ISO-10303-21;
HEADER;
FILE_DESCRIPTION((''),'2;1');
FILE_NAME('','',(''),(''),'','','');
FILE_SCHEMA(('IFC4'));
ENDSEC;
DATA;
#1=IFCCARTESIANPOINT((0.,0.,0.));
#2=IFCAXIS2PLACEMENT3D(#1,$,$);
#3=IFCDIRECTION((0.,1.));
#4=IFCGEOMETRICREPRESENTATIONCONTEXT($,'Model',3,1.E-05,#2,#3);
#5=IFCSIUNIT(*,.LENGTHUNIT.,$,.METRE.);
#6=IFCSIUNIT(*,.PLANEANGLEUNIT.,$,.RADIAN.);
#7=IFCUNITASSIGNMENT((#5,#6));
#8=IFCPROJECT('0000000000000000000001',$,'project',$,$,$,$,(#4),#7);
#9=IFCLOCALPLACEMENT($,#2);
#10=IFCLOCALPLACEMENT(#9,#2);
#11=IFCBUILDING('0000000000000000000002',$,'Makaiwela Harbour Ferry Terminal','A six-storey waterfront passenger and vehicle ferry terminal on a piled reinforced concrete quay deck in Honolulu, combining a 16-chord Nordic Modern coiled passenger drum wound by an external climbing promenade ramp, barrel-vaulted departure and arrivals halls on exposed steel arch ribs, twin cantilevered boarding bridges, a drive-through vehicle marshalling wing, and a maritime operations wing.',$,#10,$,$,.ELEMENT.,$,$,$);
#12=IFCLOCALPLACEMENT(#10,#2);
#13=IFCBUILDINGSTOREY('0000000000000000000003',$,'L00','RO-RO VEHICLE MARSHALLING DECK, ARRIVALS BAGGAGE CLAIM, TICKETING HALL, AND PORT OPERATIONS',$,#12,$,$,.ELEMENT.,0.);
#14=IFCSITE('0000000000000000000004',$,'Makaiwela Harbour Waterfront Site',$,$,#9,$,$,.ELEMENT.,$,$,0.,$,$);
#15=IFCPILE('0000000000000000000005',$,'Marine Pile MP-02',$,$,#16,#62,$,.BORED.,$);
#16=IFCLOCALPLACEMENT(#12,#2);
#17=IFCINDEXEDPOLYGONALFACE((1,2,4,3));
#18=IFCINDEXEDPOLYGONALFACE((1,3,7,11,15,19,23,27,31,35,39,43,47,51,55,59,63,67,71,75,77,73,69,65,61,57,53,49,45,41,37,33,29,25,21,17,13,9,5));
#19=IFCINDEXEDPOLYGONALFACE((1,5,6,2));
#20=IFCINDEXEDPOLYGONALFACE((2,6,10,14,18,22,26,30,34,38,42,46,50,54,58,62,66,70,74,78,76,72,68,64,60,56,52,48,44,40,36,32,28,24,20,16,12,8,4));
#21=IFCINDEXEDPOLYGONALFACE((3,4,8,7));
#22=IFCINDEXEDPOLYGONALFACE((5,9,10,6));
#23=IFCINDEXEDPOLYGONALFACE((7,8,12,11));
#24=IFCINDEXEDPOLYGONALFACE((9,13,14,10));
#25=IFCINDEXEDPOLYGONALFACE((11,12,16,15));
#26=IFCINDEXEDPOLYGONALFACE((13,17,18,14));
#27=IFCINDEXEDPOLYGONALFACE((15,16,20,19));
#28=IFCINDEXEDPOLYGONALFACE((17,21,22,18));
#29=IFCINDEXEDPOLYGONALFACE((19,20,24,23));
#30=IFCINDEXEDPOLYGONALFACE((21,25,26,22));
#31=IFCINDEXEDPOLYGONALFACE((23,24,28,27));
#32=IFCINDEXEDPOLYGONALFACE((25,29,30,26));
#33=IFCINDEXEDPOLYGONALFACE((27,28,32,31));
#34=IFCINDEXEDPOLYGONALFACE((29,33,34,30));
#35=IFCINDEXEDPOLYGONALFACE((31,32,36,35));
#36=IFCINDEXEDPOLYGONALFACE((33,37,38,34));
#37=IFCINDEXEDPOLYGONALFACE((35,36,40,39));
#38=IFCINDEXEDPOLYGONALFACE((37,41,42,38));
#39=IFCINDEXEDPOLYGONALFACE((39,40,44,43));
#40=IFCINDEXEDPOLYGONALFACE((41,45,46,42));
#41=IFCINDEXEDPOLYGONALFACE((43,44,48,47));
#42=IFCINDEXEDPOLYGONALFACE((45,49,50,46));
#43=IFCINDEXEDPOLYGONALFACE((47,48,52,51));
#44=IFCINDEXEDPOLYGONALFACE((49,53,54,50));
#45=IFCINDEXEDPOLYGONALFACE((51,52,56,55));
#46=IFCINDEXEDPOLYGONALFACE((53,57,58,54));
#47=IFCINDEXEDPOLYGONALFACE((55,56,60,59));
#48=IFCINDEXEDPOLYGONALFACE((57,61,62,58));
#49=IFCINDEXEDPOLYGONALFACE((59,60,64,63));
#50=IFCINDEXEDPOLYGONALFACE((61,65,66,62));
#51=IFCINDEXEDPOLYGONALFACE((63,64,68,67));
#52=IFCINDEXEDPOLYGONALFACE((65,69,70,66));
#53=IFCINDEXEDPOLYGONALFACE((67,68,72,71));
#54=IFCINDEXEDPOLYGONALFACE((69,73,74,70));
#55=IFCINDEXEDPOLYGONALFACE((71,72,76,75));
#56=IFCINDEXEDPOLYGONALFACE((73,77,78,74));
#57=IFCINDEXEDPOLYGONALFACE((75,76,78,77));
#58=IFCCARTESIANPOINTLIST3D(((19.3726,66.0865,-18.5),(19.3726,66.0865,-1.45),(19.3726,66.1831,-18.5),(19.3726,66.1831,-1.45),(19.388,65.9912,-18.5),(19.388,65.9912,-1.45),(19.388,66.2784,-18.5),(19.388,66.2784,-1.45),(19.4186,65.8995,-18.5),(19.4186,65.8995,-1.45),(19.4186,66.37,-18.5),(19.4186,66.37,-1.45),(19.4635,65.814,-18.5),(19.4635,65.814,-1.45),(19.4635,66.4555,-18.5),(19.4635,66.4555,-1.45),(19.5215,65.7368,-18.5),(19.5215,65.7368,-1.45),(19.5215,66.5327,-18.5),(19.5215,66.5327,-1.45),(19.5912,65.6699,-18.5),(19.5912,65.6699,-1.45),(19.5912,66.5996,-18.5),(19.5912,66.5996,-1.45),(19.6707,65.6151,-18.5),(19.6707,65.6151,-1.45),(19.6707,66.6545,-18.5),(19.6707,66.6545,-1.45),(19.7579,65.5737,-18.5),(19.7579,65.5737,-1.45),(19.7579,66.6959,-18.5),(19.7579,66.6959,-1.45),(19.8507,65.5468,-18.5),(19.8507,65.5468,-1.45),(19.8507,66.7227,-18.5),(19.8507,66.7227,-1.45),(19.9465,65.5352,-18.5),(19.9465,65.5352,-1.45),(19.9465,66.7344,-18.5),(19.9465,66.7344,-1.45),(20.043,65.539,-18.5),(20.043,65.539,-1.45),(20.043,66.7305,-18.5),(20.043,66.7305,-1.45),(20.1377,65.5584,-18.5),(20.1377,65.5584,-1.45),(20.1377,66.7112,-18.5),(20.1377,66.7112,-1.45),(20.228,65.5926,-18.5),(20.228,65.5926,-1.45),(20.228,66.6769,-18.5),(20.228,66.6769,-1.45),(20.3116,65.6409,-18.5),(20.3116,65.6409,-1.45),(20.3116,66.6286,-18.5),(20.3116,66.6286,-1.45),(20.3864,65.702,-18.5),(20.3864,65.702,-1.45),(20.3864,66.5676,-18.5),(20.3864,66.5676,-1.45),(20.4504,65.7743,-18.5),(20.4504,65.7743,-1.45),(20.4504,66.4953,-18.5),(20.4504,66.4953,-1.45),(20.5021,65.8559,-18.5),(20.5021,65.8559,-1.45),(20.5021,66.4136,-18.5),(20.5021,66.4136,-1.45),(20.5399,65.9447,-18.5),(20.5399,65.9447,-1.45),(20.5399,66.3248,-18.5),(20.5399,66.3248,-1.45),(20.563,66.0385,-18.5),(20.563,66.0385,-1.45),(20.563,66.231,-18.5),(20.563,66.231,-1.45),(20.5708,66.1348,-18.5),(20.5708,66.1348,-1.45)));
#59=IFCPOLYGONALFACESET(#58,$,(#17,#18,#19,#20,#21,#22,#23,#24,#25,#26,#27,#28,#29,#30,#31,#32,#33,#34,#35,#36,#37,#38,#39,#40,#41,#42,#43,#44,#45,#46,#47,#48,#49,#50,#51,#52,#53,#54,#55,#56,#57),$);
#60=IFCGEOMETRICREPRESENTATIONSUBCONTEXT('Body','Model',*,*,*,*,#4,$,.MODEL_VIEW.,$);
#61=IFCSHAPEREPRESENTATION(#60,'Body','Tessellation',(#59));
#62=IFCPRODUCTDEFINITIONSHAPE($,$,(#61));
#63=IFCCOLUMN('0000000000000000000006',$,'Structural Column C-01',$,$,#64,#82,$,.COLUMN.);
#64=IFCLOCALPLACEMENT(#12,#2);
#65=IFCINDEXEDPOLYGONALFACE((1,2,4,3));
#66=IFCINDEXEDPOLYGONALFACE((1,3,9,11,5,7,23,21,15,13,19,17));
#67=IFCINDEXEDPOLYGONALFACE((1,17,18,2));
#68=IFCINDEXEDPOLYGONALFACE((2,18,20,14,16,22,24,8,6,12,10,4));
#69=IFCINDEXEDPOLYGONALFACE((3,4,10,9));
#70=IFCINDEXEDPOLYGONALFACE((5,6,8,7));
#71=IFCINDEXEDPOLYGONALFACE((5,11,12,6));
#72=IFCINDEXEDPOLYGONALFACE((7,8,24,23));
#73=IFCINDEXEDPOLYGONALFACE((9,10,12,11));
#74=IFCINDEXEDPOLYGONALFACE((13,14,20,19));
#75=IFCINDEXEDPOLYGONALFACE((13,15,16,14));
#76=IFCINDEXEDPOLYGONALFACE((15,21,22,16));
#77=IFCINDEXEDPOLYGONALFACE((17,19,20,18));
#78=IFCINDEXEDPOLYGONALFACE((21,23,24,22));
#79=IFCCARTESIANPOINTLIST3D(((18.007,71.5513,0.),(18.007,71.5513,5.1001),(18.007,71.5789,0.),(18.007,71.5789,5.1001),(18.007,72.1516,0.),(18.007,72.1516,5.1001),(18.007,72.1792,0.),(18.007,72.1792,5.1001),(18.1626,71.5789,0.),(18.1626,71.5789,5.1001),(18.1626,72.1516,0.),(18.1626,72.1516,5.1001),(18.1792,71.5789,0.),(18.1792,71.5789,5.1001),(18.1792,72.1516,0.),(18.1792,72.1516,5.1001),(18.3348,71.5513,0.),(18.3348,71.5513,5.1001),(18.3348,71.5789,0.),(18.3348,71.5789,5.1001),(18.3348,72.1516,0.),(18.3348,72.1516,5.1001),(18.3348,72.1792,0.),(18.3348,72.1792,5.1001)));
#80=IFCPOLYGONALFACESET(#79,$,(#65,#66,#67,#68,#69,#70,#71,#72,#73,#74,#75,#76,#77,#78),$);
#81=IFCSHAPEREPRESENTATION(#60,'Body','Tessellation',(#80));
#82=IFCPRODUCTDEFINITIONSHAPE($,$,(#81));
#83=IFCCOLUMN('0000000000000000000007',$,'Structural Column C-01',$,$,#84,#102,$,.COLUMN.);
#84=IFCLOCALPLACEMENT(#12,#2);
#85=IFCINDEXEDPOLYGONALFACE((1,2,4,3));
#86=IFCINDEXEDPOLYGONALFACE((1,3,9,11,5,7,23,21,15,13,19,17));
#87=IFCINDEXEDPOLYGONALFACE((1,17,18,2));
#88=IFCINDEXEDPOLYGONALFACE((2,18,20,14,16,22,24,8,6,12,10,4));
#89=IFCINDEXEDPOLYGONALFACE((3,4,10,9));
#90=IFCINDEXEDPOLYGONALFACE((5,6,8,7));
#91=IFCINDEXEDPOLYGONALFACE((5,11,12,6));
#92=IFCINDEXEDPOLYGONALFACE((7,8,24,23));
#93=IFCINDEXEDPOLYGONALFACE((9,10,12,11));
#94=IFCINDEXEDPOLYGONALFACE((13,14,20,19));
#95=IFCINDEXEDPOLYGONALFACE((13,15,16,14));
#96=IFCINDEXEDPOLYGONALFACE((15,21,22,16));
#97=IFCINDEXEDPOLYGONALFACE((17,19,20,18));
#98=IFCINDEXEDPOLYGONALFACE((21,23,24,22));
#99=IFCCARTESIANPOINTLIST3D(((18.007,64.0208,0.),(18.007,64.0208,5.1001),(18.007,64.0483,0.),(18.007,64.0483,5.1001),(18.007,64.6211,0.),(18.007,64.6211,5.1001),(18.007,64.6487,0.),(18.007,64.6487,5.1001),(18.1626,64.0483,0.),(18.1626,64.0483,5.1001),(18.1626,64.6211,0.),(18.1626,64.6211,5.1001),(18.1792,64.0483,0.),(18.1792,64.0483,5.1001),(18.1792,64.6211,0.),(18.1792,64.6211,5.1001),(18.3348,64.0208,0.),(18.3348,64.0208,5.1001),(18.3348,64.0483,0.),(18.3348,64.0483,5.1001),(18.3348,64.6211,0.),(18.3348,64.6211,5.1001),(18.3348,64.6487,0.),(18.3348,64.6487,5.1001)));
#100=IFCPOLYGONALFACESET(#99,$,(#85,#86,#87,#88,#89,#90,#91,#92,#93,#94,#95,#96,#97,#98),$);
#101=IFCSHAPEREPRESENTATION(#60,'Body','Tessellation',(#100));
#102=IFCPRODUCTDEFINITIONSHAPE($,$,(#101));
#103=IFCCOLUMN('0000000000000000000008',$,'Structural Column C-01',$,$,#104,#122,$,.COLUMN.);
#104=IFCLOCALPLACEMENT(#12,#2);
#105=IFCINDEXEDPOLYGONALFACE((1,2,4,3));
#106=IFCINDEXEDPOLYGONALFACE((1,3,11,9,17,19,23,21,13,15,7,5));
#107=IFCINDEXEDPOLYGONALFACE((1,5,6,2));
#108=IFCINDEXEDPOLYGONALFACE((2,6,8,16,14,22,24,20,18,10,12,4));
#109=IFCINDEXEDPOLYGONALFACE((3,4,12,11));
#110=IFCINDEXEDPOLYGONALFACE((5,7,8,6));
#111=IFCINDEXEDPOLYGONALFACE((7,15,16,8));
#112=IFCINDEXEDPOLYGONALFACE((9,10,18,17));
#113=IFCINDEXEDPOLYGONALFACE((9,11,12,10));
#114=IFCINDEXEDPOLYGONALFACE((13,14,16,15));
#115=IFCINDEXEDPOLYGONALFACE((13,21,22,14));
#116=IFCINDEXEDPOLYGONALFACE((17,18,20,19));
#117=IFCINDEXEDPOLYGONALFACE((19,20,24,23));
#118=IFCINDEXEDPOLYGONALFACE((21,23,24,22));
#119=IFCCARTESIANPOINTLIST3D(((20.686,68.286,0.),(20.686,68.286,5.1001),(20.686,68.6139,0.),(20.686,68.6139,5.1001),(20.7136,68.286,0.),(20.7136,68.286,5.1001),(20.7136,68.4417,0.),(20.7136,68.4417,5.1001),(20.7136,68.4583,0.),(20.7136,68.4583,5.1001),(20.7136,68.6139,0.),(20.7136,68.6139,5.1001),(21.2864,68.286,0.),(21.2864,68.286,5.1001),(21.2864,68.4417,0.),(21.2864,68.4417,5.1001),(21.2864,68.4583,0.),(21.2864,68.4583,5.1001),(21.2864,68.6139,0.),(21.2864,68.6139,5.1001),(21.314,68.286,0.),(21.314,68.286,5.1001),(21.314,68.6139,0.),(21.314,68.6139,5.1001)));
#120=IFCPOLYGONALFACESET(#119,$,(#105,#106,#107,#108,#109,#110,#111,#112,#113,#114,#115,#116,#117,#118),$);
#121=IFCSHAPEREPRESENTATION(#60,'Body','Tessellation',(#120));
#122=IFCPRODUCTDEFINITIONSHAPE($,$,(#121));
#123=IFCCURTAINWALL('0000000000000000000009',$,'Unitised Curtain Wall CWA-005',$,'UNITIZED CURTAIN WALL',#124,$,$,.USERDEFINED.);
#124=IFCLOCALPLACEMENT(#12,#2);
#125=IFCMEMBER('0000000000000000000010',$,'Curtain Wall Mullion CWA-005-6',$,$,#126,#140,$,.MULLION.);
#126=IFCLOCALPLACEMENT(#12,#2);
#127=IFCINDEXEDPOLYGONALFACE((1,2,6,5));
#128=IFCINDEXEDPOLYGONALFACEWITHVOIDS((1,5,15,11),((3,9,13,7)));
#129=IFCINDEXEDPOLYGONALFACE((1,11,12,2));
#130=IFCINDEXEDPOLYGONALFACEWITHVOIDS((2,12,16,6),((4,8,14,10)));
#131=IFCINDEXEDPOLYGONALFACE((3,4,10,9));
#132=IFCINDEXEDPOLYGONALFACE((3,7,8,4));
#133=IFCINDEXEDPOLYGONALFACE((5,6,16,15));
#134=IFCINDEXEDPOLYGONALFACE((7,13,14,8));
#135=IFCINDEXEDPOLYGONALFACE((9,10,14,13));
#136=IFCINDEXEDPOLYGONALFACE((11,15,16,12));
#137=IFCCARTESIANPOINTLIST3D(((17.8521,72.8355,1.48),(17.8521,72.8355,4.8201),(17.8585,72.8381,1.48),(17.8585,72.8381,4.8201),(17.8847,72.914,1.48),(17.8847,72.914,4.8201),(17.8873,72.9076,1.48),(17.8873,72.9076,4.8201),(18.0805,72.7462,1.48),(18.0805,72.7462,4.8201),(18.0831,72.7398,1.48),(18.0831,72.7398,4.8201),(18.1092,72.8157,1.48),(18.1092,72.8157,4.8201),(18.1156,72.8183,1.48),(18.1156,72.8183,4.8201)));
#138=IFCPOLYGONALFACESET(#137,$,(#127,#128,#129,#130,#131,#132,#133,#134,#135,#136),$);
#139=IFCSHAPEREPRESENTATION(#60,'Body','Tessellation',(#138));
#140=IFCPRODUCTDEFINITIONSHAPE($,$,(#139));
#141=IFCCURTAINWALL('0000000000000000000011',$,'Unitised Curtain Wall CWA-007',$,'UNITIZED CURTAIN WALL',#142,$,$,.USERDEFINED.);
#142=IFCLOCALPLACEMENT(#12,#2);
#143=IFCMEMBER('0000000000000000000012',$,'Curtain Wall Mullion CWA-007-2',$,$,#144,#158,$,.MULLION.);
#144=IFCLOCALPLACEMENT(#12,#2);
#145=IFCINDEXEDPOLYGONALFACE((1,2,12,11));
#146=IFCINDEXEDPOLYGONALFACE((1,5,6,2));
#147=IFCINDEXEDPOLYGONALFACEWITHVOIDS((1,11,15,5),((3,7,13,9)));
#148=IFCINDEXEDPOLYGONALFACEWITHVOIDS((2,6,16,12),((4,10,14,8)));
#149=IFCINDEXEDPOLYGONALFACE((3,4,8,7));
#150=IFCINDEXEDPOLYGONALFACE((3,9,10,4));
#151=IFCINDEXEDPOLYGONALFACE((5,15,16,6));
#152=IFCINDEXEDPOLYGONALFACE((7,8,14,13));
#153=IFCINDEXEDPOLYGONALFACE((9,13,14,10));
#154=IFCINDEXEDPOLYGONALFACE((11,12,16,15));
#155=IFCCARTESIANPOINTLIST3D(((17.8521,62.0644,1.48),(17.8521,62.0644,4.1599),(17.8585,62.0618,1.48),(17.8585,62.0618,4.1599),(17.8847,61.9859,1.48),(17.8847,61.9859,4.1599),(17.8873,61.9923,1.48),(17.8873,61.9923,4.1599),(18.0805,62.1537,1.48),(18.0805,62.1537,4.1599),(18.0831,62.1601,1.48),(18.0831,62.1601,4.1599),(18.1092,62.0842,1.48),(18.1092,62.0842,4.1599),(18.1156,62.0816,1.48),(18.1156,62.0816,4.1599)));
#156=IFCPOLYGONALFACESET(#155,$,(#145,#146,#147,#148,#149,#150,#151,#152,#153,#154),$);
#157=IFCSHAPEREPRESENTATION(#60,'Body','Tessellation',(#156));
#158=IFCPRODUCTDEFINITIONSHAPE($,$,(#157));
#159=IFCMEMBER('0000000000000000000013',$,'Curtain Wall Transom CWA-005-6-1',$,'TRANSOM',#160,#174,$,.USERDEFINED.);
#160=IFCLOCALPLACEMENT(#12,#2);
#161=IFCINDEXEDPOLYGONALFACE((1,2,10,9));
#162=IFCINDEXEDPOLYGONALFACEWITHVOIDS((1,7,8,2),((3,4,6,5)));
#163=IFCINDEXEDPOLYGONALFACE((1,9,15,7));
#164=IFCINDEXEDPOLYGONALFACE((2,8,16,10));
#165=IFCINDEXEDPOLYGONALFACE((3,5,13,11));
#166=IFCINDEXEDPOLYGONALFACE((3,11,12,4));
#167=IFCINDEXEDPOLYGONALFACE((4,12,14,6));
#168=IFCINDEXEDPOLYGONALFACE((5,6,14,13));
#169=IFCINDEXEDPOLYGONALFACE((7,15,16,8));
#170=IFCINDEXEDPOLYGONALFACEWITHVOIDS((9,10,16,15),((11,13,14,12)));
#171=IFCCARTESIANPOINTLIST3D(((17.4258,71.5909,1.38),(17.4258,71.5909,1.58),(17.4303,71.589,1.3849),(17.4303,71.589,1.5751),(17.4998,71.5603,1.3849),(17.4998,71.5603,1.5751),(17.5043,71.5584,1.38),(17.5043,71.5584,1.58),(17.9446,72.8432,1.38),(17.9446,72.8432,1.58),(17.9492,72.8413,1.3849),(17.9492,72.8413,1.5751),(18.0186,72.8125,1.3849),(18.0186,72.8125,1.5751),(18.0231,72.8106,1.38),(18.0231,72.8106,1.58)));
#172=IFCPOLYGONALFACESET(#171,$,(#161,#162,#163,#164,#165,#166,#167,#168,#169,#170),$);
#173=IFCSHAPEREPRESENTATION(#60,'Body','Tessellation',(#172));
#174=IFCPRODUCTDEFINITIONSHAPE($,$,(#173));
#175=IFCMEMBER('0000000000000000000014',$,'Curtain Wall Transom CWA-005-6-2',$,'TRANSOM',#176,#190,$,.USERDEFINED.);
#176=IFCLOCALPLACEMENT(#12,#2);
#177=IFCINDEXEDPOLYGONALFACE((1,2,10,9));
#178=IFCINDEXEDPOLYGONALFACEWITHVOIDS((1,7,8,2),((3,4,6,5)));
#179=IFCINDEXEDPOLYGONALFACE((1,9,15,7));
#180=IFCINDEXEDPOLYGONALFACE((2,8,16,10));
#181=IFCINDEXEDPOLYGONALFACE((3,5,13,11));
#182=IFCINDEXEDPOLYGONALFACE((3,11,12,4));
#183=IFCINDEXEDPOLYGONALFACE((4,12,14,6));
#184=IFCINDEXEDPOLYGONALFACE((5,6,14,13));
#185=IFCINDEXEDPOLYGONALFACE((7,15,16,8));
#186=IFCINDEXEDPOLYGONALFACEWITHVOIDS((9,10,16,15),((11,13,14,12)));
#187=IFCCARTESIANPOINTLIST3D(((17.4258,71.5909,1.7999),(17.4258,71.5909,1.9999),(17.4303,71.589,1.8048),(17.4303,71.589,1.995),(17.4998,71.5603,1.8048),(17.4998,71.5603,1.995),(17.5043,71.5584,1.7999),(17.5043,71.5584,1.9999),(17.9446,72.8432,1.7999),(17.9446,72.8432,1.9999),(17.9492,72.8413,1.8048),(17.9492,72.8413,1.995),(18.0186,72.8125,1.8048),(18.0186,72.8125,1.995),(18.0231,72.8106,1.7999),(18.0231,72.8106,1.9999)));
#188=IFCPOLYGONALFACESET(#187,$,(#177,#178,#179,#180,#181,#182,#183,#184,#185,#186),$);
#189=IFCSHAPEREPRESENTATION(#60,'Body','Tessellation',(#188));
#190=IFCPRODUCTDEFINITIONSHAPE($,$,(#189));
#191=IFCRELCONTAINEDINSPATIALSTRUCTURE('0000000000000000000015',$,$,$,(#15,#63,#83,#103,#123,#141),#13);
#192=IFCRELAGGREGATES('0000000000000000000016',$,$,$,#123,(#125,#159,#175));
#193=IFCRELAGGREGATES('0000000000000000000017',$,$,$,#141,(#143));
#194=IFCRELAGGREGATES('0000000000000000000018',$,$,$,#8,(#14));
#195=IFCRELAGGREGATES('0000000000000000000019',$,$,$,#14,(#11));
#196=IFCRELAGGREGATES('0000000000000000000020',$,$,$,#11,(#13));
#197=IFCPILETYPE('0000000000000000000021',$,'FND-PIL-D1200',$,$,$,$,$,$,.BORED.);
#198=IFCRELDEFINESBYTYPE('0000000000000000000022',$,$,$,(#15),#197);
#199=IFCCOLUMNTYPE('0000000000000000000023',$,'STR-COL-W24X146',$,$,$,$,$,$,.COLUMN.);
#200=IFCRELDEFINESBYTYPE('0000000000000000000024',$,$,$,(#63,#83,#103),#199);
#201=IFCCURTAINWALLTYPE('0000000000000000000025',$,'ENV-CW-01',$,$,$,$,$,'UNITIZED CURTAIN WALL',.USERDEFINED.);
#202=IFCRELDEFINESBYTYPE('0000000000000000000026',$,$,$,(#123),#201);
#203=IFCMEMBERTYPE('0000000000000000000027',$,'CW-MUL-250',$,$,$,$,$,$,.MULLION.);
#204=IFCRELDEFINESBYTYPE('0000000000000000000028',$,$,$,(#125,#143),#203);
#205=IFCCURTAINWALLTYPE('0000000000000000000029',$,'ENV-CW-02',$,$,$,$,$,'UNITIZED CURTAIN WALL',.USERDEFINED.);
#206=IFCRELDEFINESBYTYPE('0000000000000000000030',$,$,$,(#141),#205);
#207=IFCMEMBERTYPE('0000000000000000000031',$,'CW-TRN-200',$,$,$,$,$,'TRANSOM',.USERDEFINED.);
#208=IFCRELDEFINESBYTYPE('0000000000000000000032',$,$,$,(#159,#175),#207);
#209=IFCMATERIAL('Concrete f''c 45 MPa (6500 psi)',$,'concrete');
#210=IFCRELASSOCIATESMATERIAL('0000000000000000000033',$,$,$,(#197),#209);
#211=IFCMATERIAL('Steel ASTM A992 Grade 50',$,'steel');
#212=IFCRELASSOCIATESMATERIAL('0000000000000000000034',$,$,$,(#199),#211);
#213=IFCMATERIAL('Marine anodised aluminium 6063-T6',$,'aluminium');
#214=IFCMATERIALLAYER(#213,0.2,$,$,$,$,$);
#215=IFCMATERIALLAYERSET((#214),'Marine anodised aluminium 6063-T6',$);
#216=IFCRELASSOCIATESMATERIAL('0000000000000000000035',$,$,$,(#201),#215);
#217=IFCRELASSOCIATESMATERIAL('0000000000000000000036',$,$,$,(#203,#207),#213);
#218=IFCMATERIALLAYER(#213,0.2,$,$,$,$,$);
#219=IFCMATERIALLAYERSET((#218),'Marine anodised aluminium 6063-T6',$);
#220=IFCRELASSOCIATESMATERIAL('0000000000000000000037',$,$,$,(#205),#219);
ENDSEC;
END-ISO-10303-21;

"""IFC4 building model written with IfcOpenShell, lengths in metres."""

from ifc_helpers import new_model, si_unit, direction, frame, origin, origin_2d, place, context, subcontext, project, spatial, hollow_rectangle, circle, i_section, extrude, material, layer, layer_set, material_profile, profile_set, type_object, element, aggregate, save


model = new_model("IFC4")

# Units and contexts
model_context = context("Model", 3, precision=1e-05, world=origin(), true_north=direction((0.0, 1.0)))
body_context = subcontext(model_context, "Body", "Model", "MODEL_VIEW")
ifc_project = project(units=[si_unit("LENGTHUNIT", "METRE"), si_unit("PLANEANGLEUNIT", "RADIAN")], contexts=[model_context])

# Site, building, storey
site_placement = place(None, origin())
site = spatial("IfcSite", under=ifc_project, at=site_placement, Name="Makaiwela Harbour Waterfront Site", CompositionType="ELEMENT", RefElevation=0.0)
building_placement = place(site_placement, origin())
building = spatial("IfcBuilding", under=site, at=building_placement, Name="Makaiwela Harbour Ferry Terminal", Description="A six-storey waterfront passenger and vehicle ferry terminal on a piled reinforced concrete quay deck in Honolulu, combining a 16-chord Nordic Modern coiled passenger drum wound by an external climbing promenade ramp, barrel-vaulted departure and arrivals halls on exposed steel arch ribs, twin cantilevered boarding bridges, a drive-through vehicle marshalling wing, and a maritime operations wing.", CompositionType="ELEMENT")
storey_placement = place(building_placement, origin())
storey = spatial("IfcBuildingStorey", under=building, at=storey_placement, Name="L00", Description="RO-RO VEHICLE MARSHALLING DECK, ARRIVALS BAGGAGE CLAIM, TICKETING HALL, AND PORT OPERATIONS", CompositionType="ELEMENT", Elevation=0.0)

# Shared definitions
ifc_material_1 = material(Name="Concrete f'c 45 MPa (6500 psi)", Category="concrete")

# Pile
ifc_material_profile_1 = material_profile(ifc_material_1, circle(Radius=0.6001, at=origin_2d()), Name="PILE-D1200")
ifc_profile_set_1 = profile_set([ifc_material_profile_1], Name="Concrete f'c 45 MPa (6500 psi)")
pile_type = type_object("IfcPileType", Name="FND-PIL-D1200", PredefinedType="BORED", material=ifc_profile_set_1)
for number, where, z_axis, x_axis, name in (
    (1, (19.9707, 66.1348, -1.45), (0.0, 0.0, -1.0), (1.0, 0.0, 0.0), "Marine Pile MP-02"),
):
    element("IfcPile", number, at=place(storey_placement, frame(where, z_axis=z_axis, x_axis=x_axis)), inside=storey, type_object=pile_type, Name=name, PredefinedType="BORED", context=body_context, shape_type="SweptSolid", body=[
        extrude(circle(Radius=0.6001, at=origin_2d()), origin(), (0.0, 0.0, 1.0), 17.05),
    ])

# Columns
ifc_material_2 = material(Name="Steel ASTM A992 Grade 50", Category="steel")
ifc_material_profile_2 = material_profile(ifc_material_2, i_section(OverallWidth=0.3279, OverallDepth=0.6279, WebThickness=0.0166, FlangeThickness=0.0276, at=origin_2d()), Name="W24X146")
ifc_profile_set_2 = profile_set([ifc_material_profile_2], Name="Steel ASTM A992 Grade 50")
column_type = type_object("IfcColumnType", Name="STR-COL-W24X146", PredefinedType="COLUMN", material=ifc_profile_set_2)
for number, where, z_axis, x_axis, name in (
    (2, (18.1709, 71.8652, 0.0), (0.0, 0.0, 1.0), (1.0, 0.0, 0.0), "Structural Column C-01"),
    (3, (18.1709, 64.3347, 0.0), (0.0, 0.0, 1.0), (1.0, 0.0, 0.0), "Structural Column C-01"),
    (4, (21.0, 68.45, 0.0), (0.0, 0.0, 1.0), (0.0, 1.0, 0.0), "Structural Column C-01"),
):
    element("IfcColumn", number, at=place(storey_placement, frame(where, z_axis=z_axis, x_axis=x_axis)), inside=storey, type_object=column_type, Name=name, PredefinedType="COLUMN", context=body_context, shape_type="SweptSolid", body=[
        extrude(i_section(OverallWidth=0.3279, OverallDepth=0.6279, WebThickness=0.0166, FlangeThickness=0.0276, at=origin_2d()), origin(), (0.0, 0.0, 1.0), 5.1001),
    ])

# Curtain walls, members
ifc_material_3 = material(Name="Marine anodised aluminium 6063-T6", Category="aluminium")
ifc_layer_1 = layer(ifc_material_3, 0.2)
ifc_layer_set_1 = layer_set([ifc_layer_1], Name="Marine anodised aluminium 6063-T6")
curtain_wall_type_1 = type_object("IfcCurtainWallType", Name="ENV-CW-01", ElementType="UNITIZED CURTAIN WALL", PredefinedType="USERDEFINED", material=ifc_layer_set_1)
curtain_wall_1_placement = place(storey_placement, origin())
curtain_wall_1 = element("IfcCurtainWall", 5, at=curtain_wall_1_placement, inside=storey, type_object=curtain_wall_type_1, Name="Unitised Curtain Wall CWA-005", ObjectType="UNITIZED CURTAIN WALL", PredefinedType="USERDEFINED")
ifc_material_profile_3 = material_profile(ifc_material_3, hollow_rectangle(XDim=0.085, YDim=0.25, WallThickness=0.0049, at=origin_2d()), Name="CWM-250X85")
ifc_profile_set_3 = profile_set([ifc_material_profile_3], Name="Marine anodised aluminium 6063-T6")
member_type_1 = type_object("IfcMemberType", Name="CW-MUL-250", PredefinedType="MULLION", material=ifc_profile_set_3)
member_1_placement = place(storey_placement, frame((17.9839, 72.8269, 1.48), z_axis=(0.0, 0.0, 1.0), x_axis=(0.382683, 0.92388, 0.0)))
member_1 = element("IfcMember", 6, at=member_1_placement, type_object=member_type_1, Name="Curtain Wall Mullion CWA-005-6", PredefinedType="MULLION", context=body_context, shape_type="SweptSolid", body=[
    extrude(hollow_rectangle(XDim=0.085, YDim=0.25, WallThickness=0.0049, at=origin_2d()), origin(), (0.0, 0.0, 1.0), 3.3401),
])
ifc_layer_2 = layer(ifc_material_3, 0.2)
ifc_layer_set_2 = layer_set([ifc_layer_2], Name="Marine anodised aluminium 6063-T6")
curtain_wall_type_2 = type_object("IfcCurtainWallType", Name="ENV-CW-02", ElementType="UNITIZED CURTAIN WALL", PredefinedType="USERDEFINED", material=ifc_layer_set_2)
curtain_wall_2_placement = place(storey_placement, origin())
curtain_wall_2 = element("IfcCurtainWall", 7, at=curtain_wall_2_placement, inside=storey, type_object=curtain_wall_type_2, Name="Unitised Curtain Wall CWA-007", ObjectType="UNITIZED CURTAIN WALL", PredefinedType="USERDEFINED")
member_2_placement = place(storey_placement, frame((17.9839, 62.073, 1.48), z_axis=(0.0, 0.0, 1.0), x_axis=(-0.382683, 0.92388, 0.0)))
member_2 = element("IfcMember", 8, at=member_2_placement, type_object=member_type_1, Name="Curtain Wall Mullion CWA-007-2", PredefinedType="MULLION", context=body_context, shape_type="SweptSolid", body=[
    extrude(hollow_rectangle(XDim=0.085, YDim=0.25, WallThickness=0.0049, at=origin_2d()), origin(), (0.0, 0.0, 1.0), 2.6799),
])

# Members
ifc_material_profile_4 = material_profile(ifc_material_3, hollow_rectangle(XDim=0.085, YDim=0.2, WallThickness=0.0049, at=origin_2d()), Name="CWT-200X85")
ifc_profile_set_4 = profile_set([ifc_material_profile_4], Name="Marine anodised aluminium 6063-T6")
member_type_2 = type_object("IfcMemberType", Name="CW-TRN-200", ElementType="TRANSOM", PredefinedType="USERDEFINED", material=ifc_profile_set_4)
member_3_placement = place(storey_placement, frame((17.9839, 72.8269, 1.48), z_axis=(-0.38276, -0.923848, 0.0), x_axis=(0.923848, -0.38276, 0.0)))
member_3 = element("IfcMember", 9, at=member_3_placement, type_object=member_type_2, Name="Curtain Wall Transom CWA-005-6-1", ObjectType="TRANSOM", PredefinedType="USERDEFINED", context=body_context, shape_type="SweptSolid", body=[
    extrude(hollow_rectangle(XDim=0.085, YDim=0.2, WallThickness=0.0049, at=origin_2d()), origin(), (0.0, 0.0, 1.0), 1.3555),
])
member_4_placement = place(storey_placement, frame((17.9839, 72.8269, 1.8999), z_axis=(-0.38276, -0.923848, 0.0), x_axis=(0.923848, -0.38276, 0.0)))
member_4 = element("IfcMember", 10, at=member_4_placement, type_object=member_type_2, Name="Curtain Wall Transom CWA-005-6-2", ObjectType="TRANSOM", PredefinedType="USERDEFINED", context=body_context, shape_type="SweptSolid", body=[
    extrude(hollow_rectangle(XDim=0.085, YDim=0.2, WallThickness=0.0049, at=origin_2d()), origin(), (0.0, 0.0, 1.0), 1.3555),
])

aggregate(curtain_wall_1, [member_1, member_3, member_4])
aggregate(curtain_wall_2, [member_2])

save(model, "model.ifc")
